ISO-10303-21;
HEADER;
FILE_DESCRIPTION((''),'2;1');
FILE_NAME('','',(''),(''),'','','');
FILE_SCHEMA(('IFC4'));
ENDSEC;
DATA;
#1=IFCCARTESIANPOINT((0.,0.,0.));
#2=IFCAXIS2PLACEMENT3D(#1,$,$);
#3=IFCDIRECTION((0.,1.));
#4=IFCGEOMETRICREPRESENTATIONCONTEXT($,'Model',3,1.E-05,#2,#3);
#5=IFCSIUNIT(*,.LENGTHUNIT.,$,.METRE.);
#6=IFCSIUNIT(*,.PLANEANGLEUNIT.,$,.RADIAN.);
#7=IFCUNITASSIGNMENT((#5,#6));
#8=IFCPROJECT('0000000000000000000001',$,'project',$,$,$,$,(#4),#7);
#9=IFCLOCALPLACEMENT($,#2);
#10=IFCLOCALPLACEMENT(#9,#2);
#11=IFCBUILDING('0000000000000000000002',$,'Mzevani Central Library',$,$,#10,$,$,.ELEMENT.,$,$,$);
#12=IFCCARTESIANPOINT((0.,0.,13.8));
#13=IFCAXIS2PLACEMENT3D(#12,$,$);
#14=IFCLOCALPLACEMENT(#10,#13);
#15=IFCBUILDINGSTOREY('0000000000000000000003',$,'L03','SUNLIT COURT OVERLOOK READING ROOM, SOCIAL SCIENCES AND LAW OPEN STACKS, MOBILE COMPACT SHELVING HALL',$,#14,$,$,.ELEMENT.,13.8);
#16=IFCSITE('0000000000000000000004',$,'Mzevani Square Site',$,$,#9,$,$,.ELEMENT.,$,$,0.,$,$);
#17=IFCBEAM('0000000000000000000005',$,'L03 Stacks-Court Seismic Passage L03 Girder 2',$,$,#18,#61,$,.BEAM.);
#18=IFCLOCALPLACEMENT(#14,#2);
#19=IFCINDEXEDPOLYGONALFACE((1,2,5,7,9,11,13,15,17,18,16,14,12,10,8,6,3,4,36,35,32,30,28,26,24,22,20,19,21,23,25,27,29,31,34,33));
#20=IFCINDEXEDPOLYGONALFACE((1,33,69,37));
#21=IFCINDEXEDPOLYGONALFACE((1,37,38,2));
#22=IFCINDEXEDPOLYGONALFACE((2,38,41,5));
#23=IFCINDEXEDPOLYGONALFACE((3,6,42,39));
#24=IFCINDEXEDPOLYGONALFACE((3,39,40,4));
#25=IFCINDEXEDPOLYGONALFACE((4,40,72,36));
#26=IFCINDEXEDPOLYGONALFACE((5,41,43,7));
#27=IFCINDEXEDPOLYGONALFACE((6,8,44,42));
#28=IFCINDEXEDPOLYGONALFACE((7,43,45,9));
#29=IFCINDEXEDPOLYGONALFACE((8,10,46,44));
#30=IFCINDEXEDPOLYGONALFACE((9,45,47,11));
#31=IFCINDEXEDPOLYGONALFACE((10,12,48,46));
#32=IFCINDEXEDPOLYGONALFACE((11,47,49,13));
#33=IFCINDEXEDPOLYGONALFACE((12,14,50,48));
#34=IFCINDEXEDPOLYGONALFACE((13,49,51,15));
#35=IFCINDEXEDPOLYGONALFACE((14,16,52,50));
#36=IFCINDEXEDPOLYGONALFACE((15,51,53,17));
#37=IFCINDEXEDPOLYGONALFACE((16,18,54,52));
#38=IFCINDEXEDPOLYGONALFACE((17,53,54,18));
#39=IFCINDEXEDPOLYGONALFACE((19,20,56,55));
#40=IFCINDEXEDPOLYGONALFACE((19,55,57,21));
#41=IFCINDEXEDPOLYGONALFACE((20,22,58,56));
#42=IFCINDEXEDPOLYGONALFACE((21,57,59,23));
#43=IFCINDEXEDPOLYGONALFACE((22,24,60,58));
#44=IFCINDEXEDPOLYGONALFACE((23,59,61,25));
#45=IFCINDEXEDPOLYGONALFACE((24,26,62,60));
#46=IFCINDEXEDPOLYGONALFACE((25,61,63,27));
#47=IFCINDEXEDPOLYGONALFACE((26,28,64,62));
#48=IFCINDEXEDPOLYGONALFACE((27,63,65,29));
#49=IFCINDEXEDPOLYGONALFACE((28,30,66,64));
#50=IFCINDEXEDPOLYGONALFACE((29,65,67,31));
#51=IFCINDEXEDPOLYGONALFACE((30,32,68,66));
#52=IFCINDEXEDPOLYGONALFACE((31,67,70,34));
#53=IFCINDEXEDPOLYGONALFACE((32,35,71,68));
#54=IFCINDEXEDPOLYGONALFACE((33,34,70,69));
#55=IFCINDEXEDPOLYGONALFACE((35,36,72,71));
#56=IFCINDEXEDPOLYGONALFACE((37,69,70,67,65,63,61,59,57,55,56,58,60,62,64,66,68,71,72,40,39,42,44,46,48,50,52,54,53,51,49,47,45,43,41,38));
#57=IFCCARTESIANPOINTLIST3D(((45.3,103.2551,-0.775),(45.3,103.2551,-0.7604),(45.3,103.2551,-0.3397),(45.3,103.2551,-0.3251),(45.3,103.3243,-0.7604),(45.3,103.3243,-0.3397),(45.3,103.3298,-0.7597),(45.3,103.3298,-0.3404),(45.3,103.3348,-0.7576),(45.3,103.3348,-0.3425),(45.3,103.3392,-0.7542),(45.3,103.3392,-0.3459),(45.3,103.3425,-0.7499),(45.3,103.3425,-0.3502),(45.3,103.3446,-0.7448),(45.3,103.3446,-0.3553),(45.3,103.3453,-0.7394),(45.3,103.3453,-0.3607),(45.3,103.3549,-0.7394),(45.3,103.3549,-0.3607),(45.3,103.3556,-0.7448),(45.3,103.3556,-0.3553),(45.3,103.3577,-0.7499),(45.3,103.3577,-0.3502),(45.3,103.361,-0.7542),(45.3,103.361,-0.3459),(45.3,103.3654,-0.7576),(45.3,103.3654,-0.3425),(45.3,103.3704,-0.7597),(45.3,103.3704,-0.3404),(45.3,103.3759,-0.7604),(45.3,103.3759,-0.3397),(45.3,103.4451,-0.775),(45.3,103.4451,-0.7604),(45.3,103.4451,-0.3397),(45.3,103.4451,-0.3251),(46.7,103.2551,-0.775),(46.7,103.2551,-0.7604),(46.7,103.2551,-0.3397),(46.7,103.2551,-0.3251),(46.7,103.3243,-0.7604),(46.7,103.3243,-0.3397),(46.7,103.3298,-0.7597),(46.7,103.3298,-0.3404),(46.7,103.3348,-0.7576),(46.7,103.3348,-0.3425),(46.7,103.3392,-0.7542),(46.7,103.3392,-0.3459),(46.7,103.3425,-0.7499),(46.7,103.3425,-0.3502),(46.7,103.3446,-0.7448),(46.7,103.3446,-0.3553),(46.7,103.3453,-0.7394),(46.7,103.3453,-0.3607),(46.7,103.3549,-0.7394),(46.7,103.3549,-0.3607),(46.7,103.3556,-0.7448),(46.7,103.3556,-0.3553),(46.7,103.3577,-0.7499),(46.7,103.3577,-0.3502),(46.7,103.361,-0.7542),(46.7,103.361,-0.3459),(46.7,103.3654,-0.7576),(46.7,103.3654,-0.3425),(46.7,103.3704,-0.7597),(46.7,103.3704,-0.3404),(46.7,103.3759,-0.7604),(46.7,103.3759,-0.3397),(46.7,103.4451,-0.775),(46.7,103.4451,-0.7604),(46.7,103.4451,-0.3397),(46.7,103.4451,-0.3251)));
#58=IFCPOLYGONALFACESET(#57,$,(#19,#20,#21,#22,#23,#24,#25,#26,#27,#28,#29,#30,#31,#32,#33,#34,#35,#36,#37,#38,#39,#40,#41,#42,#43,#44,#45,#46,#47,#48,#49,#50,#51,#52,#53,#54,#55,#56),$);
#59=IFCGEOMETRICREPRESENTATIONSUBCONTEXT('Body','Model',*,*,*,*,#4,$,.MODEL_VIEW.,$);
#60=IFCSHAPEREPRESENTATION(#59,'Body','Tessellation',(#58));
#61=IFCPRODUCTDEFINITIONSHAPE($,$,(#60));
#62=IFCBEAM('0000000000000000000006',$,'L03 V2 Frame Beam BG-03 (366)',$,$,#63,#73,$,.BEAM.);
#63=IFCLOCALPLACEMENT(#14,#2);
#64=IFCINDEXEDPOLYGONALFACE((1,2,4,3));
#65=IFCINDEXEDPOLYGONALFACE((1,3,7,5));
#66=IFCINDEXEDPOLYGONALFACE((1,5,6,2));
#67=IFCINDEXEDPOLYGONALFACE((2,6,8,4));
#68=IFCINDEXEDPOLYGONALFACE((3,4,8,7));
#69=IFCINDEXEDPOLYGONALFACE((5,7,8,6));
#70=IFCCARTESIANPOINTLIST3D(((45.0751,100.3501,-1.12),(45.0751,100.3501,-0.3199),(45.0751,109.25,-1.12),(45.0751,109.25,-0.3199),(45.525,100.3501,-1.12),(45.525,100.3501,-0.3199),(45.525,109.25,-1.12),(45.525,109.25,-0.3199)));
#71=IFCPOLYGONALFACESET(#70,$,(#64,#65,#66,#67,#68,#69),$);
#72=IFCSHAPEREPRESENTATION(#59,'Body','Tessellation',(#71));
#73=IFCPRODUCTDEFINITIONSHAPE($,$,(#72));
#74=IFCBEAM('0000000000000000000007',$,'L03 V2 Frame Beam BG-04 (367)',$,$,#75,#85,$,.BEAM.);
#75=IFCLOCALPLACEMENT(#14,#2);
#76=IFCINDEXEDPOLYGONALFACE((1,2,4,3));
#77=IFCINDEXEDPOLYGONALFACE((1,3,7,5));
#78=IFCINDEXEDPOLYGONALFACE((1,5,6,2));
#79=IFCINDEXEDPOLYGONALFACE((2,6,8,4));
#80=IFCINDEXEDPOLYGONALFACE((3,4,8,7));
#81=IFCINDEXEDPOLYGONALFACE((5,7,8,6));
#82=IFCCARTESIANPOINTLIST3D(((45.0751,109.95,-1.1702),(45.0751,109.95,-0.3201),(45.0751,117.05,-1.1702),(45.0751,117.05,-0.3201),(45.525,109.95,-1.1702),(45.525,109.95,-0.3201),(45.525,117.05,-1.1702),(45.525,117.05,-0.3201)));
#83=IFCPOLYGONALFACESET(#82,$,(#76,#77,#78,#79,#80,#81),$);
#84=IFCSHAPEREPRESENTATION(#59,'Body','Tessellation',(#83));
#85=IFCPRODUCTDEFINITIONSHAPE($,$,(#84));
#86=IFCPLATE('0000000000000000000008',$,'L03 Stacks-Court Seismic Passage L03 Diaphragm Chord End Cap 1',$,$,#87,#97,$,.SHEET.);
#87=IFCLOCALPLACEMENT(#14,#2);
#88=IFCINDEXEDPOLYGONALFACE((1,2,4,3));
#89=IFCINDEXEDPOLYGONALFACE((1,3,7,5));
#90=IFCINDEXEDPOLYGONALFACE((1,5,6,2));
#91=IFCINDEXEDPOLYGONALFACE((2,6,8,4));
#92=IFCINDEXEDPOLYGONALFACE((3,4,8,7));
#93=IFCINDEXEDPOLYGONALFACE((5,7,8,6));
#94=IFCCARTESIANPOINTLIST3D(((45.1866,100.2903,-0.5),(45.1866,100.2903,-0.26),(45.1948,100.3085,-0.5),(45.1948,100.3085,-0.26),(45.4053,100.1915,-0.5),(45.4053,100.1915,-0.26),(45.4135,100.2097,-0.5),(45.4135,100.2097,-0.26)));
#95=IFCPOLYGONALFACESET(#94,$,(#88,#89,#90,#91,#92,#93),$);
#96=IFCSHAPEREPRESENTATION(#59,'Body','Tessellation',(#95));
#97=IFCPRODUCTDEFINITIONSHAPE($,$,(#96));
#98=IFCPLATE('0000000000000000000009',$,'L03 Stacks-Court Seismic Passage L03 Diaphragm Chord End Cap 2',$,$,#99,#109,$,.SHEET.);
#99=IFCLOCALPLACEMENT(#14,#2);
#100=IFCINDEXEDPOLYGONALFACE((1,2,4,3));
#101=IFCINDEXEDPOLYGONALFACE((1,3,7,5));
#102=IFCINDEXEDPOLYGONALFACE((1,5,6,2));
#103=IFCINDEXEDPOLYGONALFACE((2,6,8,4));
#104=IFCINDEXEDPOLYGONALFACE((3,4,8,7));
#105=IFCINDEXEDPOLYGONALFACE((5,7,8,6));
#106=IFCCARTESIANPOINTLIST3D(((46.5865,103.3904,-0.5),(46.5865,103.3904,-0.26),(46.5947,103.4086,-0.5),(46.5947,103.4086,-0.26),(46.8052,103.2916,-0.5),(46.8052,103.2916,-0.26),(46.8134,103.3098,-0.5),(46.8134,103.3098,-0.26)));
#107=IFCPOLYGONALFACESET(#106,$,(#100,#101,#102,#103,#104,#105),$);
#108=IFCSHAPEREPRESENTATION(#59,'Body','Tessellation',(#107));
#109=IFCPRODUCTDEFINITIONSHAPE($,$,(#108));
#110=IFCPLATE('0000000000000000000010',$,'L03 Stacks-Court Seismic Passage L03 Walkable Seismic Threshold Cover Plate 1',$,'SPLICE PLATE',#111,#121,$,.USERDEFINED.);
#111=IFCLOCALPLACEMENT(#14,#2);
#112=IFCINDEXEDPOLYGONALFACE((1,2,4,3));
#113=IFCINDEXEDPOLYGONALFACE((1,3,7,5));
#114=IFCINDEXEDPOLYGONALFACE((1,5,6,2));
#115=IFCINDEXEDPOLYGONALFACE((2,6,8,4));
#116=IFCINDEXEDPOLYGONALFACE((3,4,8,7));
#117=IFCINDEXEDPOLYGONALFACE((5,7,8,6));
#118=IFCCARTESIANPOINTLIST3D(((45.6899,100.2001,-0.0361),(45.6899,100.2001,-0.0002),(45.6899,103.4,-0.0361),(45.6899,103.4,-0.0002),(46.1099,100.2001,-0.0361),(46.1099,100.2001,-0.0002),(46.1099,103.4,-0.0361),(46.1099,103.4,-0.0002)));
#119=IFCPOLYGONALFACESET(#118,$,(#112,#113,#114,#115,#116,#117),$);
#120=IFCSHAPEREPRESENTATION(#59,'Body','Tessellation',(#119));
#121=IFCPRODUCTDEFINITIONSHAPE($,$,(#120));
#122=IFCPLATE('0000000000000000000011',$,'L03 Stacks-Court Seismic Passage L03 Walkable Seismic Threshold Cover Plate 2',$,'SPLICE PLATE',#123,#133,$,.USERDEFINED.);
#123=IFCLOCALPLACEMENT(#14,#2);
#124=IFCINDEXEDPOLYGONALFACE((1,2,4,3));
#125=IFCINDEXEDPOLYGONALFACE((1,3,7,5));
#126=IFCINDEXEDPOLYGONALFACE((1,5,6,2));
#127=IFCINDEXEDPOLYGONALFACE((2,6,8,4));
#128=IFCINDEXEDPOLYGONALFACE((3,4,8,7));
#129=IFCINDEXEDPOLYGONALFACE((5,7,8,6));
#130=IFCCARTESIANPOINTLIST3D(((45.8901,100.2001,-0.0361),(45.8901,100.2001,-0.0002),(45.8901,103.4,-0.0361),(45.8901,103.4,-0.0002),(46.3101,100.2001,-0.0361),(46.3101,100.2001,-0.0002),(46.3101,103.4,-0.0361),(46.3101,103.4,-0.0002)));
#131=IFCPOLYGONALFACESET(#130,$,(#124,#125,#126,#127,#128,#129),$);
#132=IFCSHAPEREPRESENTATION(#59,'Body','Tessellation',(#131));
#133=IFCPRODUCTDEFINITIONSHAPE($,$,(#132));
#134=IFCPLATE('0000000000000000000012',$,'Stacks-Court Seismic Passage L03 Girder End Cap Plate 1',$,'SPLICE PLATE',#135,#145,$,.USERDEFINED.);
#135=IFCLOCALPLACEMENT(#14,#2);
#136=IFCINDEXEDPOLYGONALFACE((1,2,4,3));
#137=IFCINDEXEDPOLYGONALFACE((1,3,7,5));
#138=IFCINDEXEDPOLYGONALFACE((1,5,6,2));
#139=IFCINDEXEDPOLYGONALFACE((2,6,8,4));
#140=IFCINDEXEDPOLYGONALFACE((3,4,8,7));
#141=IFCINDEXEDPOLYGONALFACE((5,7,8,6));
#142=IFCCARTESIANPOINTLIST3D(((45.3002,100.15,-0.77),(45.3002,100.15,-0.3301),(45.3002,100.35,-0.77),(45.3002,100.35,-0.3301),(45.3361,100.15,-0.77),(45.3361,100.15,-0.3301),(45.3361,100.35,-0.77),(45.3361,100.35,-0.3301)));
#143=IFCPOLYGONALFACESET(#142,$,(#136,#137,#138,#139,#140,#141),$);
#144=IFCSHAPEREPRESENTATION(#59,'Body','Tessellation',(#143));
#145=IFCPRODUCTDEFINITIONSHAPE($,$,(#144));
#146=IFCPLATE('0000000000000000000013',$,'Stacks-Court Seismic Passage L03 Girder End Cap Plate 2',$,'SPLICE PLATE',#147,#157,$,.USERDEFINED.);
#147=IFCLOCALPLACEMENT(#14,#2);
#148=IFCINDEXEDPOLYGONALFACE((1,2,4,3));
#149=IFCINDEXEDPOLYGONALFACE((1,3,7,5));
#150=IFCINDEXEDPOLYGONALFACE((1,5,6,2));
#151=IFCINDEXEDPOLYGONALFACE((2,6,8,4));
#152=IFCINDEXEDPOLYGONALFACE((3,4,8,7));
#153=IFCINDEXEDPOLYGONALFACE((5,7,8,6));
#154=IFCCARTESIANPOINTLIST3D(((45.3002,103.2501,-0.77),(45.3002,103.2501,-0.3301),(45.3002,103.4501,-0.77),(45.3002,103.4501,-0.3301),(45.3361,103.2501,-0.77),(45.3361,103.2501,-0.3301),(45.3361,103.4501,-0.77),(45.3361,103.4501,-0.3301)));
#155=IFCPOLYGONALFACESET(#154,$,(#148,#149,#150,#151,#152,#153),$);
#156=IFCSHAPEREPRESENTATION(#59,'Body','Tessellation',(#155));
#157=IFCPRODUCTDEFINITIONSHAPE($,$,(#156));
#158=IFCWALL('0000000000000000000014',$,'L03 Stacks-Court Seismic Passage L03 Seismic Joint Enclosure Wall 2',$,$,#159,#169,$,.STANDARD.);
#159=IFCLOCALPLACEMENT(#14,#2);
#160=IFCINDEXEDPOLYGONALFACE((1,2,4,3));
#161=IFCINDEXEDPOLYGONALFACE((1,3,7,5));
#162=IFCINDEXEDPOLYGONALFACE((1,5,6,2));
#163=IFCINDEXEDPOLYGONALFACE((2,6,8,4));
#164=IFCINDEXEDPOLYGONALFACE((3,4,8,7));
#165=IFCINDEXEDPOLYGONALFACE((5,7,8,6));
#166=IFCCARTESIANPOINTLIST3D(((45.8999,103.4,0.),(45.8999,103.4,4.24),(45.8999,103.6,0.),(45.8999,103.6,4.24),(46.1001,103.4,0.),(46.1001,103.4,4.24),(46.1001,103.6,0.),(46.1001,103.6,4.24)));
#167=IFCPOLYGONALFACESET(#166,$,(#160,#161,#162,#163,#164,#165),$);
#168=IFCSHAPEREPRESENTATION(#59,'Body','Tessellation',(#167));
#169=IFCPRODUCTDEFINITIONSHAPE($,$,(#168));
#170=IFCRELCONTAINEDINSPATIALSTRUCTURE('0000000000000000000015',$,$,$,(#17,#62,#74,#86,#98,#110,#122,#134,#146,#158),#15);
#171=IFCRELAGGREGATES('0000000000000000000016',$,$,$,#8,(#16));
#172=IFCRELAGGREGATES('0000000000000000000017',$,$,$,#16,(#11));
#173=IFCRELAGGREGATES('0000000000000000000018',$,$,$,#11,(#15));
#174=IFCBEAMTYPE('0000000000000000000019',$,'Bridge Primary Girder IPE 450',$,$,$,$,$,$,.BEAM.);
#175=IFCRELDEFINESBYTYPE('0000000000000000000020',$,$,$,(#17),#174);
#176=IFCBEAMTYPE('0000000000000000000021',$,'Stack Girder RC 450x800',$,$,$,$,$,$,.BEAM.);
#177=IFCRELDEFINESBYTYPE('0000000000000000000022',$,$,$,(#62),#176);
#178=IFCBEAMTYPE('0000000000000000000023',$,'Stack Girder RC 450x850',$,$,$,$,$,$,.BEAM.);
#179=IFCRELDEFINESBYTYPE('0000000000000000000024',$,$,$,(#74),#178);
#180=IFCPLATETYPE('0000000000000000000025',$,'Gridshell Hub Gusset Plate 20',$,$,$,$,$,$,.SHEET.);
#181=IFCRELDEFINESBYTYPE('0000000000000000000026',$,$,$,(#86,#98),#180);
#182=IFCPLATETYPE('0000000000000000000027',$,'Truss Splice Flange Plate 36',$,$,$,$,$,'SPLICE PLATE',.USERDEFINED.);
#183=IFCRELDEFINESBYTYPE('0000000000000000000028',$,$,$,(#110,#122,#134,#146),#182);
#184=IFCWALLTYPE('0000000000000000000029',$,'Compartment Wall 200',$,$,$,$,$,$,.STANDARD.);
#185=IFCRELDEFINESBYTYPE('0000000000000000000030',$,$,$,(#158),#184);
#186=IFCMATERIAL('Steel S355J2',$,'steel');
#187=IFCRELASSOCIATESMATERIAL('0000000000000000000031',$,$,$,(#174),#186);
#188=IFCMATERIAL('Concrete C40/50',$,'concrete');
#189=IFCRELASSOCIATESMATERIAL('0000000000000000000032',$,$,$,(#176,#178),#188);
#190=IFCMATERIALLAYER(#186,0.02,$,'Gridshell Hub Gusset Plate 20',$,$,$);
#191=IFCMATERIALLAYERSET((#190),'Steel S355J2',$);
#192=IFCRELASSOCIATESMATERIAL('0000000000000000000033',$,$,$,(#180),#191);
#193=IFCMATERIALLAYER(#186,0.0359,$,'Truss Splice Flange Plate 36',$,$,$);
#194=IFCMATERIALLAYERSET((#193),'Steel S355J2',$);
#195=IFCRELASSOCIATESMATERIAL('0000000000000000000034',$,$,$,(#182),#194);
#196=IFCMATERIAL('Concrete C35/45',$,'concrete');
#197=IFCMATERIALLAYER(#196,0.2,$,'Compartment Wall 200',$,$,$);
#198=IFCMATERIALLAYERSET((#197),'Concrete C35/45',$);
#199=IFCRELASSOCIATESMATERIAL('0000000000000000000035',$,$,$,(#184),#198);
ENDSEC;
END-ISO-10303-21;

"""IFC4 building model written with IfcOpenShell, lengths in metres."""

from ifc_helpers import new_model, si_unit, direction, frame, frame_2d, origin, origin_2d, place, context, subcontext, project, spatial, rectangle, i_section, extrude, material, layer, layer_set, material_profile, profile_set, type_object, element, save


model = new_model("IFC4")

# Units and contexts
model_context = context("Model", 3, precision=1e-05, world=origin(), true_north=direction((0.0, 1.0)))
body_context = subcontext(model_context, "Body", "Model", "MODEL_VIEW")
ifc_project = project(units=[si_unit("LENGTHUNIT", "METRE"), si_unit("PLANEANGLEUNIT", "RADIAN")], contexts=[model_context])

# Site, building, storey
site_placement = place(None, origin())
site = spatial("IfcSite", under=ifc_project, at=site_placement, Name="Mzevani Square Site", CompositionType="ELEMENT", RefElevation=0.0)
building_placement = place(site_placement, origin())
building = spatial("IfcBuilding", under=site, at=building_placement, Name="Mzevani Central Library", CompositionType="ELEMENT")
storey_placement = place(building_placement, frame((0.0, 0.0, 13.8)))
storey = spatial("IfcBuildingStorey", under=building, at=storey_placement, Name="L03", Description="SUNLIT COURT OVERLOOK READING ROOM, SOCIAL SCIENCES AND LAW OPEN STACKS, MOBILE COMPACT SHELVING HALL", CompositionType="ELEMENT", Elevation=13.8)

# Shared definitions
ifc_material_1 = material(Name="Steel S355J2", Category="steel")
ifc_material_2 = material(Name="Concrete C40/50", Category="concrete")

# Beams
ifc_material_3 = material(Name="Concrete C35/45", Category="concrete")
ifc_material_profile_1 = material_profile(ifc_material_1, i_section(OverallWidth=0.1899, OverallDepth=0.45, WebThickness=0.0095, FlangeThickness=0.0146, FilletRadius=0.021, at=origin_2d()), Name="IPE 450")
ifc_profile_set_1 = profile_set([ifc_material_profile_1], Name="Steel S355J2")
beam_type_1 = type_object("IfcBeamType", Name="Bridge Primary Girder IPE 450", PredefinedType="BEAM", material=ifc_profile_set_1)
beam_1_placement = place(storey_placement, frame((45.3, 103.3501, -0.55), z_axis=(1.0, 0.0, 0.0), x_axis=(0.0, 1.0, 0.0)))
element("IfcBeam", 1, at=beam_1_placement, inside=storey, type_object=beam_type_1, Name="L03 Stacks-Court Seismic Passage L03 Girder 2", PredefinedType="BEAM", context=body_context, shape_type="SweptSolid", body=[
    extrude(i_section(OverallWidth=0.1899, OverallDepth=0.45, WebThickness=0.0095, FlangeThickness=0.0146, FilletRadius=0.021, at=origin_2d()), origin(), (0.0, 0.0, 1.0), 1.3999),
])
ifc_material_profile_2 = material_profile(ifc_material_2, rectangle(XDim=0.45, YDim=0.8, at=origin_2d()), Name="RC B450x800")
ifc_profile_set_2 = profile_set([ifc_material_profile_2], Name="Concrete C40/50")
beam_type_2 = type_object("IfcBeamType", Name="Stack Girder RC 450x800", PredefinedType="BEAM", material=ifc_profile_set_2)
beam_2_placement = place(storey_placement, frame((45.3, 100.3501, -0.72), z_axis=(0.0, 1.0, 0.0), x_axis=(-1.0, 0.0, 0.0)))
element("IfcBeam", 2, at=beam_2_placement, inside=storey, type_object=beam_type_2, Name="L03 V2 Frame Beam BG-03 (366)", PredefinedType="BEAM", context=body_context, shape_type="SweptSolid", body=[
    extrude(rectangle(XDim=0.45, YDim=0.8, at=origin_2d()), origin(), (0.0, 0.0, 1.0), 8.8999),
])
ifc_material_profile_3 = material_profile(ifc_material_2, rectangle(XDim=0.45, YDim=0.8501, at=origin_2d()), Name="RC B450x850")
ifc_profile_set_3 = profile_set([ifc_material_profile_3], Name="Concrete C40/50")
beam_type_3 = type_object("IfcBeamType", Name="Stack Girder RC 450x850", PredefinedType="BEAM", material=ifc_profile_set_3)
beam_3_placement = place(storey_placement, frame((45.3, 109.95, -0.7451), z_axis=(0.0, 1.0, 0.0), x_axis=(-1.0, 0.0, 0.0)))
element("IfcBeam", 3, at=beam_3_placement, inside=storey, type_object=beam_type_3, Name="L03 V2 Frame Beam BG-04 (367)", PredefinedType="BEAM", context=body_context, shape_type="SweptSolid", body=[
    extrude(rectangle(XDim=0.45, YDim=0.8501, at=origin_2d()), origin(), (0.0, 0.0, 1.0), 7.1001),
])

# Plates
ifc_layer_1 = layer(ifc_material_1, 0.02, Name="Gridshell Hub Gusset Plate 20")
ifc_layer_set_1 = layer_set([ifc_layer_1], Name="Steel S355J2")
plate_type_1 = type_object("IfcPlateType", Name="Gridshell Hub Gusset Plate 20", PredefinedType="SHEET", material=ifc_layer_set_1)
for number, where, z_axis, x_axis, name in (
    (4, (45.3, 100.25, -0.5), (0.0, 0.0, 1.0), (0.411586, 0.911371, 0.0), "L03 Stacks-Court Seismic Passage L03 Diaphragm Chord End Cap 1"),
    (5, (46.7, 103.3501, -0.5), (0.0, 0.0, 1.0), (0.411586, 0.911371, 0.0), "L03 Stacks-Court Seismic Passage L03 Diaphragm Chord End Cap 2"),
):
    element("IfcPlate", number, at=place(storey_placement, frame(where, z_axis=z_axis, x_axis=x_axis)), inside=storey, type_object=plate_type_1, Name=name, PredefinedType="SHEET", context=body_context, shape_type="SweptSolid", body=[
        extrude(rectangle(XDim=0.02, YDim=0.24, at=origin_2d()), origin(), (0.0, 0.0, 1.0), 0.24),
    ])
ifc_layer_2 = layer(ifc_material_1, 0.0359, Name="Truss Splice Flange Plate 36")
ifc_layer_set_2 = layer_set([ifc_layer_2], Name="Steel S355J2")
plate_type_2 = type_object("IfcPlateType", Name="Truss Splice Flange Plate 36", ElementType="SPLICE PLATE", PredefinedType="USERDEFINED", material=ifc_layer_set_2)
for number, where, z_axis, x_axis, name in (
    (6, (45.8999, 101.8, -0.0361), (0.0, 0.0, 1.0), (1.0, 0.0, 0.0), "L03 Stacks-Court Seismic Passage L03 Walkable Seismic Threshold Cover Plate 1"),
    (7, (46.1001, 101.8, -0.0361), (0.0, 0.0, 1.0), (1.0, 0.0, 0.0), "L03 Stacks-Court Seismic Passage L03 Walkable Seismic Threshold Cover Plate 2"),
):
    element("IfcPlate", number, at=place(storey_placement, frame(where, z_axis=z_axis, x_axis=x_axis)), inside=storey, type_object=plate_type_2, Name=name, ObjectType="SPLICE PLATE", PredefinedType="USERDEFINED", context=body_context, shape_type="SweptSolid", body=[
        extrude(rectangle(XDim=0.4199, YDim=3.2, at=origin_2d()), origin(), (0.0, 0.0, 1.0), 0.0359),
    ])
for number, where, z_axis, x_axis, name in (
    (8, (45.3181, 100.25, -0.77), (0.0, 0.0, 1.0), (1.0, 0.0, 0.0), "Stacks-Court Seismic Passage L03 Girder End Cap Plate 1"),
    (9, (45.3181, 103.3501, -0.77), (0.0, 0.0, 1.0), (1.0, 0.0, 0.0), "Stacks-Court Seismic Passage L03 Girder End Cap Plate 2"),
):
    element("IfcPlate", number, at=place(storey_placement, frame(where, z_axis=z_axis, x_axis=x_axis)), inside=storey, type_object=plate_type_2, Name=name, ObjectType="SPLICE PLATE", PredefinedType="USERDEFINED", context=body_context, shape_type="SweptSolid", body=[
        extrude(rectangle(XDim=0.0359, YDim=0.2, at=origin_2d()), origin(), (0.0, 0.0, 1.0), 0.4399),
    ])

# Wall
ifc_layer_3 = layer(ifc_material_3, 0.2, Name="Compartment Wall 200")
ifc_layer_set_3 = layer_set([ifc_layer_3], Name="Concrete C35/45")
wall_type_1 = type_object("IfcWallType", Name="Compartment Wall 200", PredefinedType="STANDARD", material=ifc_layer_set_3)
wall_1_placement = place(storey_placement, frame((45.8999, 103.5, 0.0), z_axis=(0.0, 0.0, 1.0), x_axis=(1.0, 0.0, 0.0)))
element("IfcWall", 10, at=wall_1_placement, inside=storey, type_object=wall_type_1, Name="L03 Stacks-Court Seismic Passage L03 Seismic Joint Enclosure Wall 2", PredefinedType="STANDARD", context=body_context, shape_type="SweptSolid", body=[
    extrude(rectangle(XDim=0.2002, YDim=0.2, at=frame_2d((0.1001, 0.0))), origin(), (0.0, 0.0, 1.0), 4.24),
])

save(model, "model.ifc")
